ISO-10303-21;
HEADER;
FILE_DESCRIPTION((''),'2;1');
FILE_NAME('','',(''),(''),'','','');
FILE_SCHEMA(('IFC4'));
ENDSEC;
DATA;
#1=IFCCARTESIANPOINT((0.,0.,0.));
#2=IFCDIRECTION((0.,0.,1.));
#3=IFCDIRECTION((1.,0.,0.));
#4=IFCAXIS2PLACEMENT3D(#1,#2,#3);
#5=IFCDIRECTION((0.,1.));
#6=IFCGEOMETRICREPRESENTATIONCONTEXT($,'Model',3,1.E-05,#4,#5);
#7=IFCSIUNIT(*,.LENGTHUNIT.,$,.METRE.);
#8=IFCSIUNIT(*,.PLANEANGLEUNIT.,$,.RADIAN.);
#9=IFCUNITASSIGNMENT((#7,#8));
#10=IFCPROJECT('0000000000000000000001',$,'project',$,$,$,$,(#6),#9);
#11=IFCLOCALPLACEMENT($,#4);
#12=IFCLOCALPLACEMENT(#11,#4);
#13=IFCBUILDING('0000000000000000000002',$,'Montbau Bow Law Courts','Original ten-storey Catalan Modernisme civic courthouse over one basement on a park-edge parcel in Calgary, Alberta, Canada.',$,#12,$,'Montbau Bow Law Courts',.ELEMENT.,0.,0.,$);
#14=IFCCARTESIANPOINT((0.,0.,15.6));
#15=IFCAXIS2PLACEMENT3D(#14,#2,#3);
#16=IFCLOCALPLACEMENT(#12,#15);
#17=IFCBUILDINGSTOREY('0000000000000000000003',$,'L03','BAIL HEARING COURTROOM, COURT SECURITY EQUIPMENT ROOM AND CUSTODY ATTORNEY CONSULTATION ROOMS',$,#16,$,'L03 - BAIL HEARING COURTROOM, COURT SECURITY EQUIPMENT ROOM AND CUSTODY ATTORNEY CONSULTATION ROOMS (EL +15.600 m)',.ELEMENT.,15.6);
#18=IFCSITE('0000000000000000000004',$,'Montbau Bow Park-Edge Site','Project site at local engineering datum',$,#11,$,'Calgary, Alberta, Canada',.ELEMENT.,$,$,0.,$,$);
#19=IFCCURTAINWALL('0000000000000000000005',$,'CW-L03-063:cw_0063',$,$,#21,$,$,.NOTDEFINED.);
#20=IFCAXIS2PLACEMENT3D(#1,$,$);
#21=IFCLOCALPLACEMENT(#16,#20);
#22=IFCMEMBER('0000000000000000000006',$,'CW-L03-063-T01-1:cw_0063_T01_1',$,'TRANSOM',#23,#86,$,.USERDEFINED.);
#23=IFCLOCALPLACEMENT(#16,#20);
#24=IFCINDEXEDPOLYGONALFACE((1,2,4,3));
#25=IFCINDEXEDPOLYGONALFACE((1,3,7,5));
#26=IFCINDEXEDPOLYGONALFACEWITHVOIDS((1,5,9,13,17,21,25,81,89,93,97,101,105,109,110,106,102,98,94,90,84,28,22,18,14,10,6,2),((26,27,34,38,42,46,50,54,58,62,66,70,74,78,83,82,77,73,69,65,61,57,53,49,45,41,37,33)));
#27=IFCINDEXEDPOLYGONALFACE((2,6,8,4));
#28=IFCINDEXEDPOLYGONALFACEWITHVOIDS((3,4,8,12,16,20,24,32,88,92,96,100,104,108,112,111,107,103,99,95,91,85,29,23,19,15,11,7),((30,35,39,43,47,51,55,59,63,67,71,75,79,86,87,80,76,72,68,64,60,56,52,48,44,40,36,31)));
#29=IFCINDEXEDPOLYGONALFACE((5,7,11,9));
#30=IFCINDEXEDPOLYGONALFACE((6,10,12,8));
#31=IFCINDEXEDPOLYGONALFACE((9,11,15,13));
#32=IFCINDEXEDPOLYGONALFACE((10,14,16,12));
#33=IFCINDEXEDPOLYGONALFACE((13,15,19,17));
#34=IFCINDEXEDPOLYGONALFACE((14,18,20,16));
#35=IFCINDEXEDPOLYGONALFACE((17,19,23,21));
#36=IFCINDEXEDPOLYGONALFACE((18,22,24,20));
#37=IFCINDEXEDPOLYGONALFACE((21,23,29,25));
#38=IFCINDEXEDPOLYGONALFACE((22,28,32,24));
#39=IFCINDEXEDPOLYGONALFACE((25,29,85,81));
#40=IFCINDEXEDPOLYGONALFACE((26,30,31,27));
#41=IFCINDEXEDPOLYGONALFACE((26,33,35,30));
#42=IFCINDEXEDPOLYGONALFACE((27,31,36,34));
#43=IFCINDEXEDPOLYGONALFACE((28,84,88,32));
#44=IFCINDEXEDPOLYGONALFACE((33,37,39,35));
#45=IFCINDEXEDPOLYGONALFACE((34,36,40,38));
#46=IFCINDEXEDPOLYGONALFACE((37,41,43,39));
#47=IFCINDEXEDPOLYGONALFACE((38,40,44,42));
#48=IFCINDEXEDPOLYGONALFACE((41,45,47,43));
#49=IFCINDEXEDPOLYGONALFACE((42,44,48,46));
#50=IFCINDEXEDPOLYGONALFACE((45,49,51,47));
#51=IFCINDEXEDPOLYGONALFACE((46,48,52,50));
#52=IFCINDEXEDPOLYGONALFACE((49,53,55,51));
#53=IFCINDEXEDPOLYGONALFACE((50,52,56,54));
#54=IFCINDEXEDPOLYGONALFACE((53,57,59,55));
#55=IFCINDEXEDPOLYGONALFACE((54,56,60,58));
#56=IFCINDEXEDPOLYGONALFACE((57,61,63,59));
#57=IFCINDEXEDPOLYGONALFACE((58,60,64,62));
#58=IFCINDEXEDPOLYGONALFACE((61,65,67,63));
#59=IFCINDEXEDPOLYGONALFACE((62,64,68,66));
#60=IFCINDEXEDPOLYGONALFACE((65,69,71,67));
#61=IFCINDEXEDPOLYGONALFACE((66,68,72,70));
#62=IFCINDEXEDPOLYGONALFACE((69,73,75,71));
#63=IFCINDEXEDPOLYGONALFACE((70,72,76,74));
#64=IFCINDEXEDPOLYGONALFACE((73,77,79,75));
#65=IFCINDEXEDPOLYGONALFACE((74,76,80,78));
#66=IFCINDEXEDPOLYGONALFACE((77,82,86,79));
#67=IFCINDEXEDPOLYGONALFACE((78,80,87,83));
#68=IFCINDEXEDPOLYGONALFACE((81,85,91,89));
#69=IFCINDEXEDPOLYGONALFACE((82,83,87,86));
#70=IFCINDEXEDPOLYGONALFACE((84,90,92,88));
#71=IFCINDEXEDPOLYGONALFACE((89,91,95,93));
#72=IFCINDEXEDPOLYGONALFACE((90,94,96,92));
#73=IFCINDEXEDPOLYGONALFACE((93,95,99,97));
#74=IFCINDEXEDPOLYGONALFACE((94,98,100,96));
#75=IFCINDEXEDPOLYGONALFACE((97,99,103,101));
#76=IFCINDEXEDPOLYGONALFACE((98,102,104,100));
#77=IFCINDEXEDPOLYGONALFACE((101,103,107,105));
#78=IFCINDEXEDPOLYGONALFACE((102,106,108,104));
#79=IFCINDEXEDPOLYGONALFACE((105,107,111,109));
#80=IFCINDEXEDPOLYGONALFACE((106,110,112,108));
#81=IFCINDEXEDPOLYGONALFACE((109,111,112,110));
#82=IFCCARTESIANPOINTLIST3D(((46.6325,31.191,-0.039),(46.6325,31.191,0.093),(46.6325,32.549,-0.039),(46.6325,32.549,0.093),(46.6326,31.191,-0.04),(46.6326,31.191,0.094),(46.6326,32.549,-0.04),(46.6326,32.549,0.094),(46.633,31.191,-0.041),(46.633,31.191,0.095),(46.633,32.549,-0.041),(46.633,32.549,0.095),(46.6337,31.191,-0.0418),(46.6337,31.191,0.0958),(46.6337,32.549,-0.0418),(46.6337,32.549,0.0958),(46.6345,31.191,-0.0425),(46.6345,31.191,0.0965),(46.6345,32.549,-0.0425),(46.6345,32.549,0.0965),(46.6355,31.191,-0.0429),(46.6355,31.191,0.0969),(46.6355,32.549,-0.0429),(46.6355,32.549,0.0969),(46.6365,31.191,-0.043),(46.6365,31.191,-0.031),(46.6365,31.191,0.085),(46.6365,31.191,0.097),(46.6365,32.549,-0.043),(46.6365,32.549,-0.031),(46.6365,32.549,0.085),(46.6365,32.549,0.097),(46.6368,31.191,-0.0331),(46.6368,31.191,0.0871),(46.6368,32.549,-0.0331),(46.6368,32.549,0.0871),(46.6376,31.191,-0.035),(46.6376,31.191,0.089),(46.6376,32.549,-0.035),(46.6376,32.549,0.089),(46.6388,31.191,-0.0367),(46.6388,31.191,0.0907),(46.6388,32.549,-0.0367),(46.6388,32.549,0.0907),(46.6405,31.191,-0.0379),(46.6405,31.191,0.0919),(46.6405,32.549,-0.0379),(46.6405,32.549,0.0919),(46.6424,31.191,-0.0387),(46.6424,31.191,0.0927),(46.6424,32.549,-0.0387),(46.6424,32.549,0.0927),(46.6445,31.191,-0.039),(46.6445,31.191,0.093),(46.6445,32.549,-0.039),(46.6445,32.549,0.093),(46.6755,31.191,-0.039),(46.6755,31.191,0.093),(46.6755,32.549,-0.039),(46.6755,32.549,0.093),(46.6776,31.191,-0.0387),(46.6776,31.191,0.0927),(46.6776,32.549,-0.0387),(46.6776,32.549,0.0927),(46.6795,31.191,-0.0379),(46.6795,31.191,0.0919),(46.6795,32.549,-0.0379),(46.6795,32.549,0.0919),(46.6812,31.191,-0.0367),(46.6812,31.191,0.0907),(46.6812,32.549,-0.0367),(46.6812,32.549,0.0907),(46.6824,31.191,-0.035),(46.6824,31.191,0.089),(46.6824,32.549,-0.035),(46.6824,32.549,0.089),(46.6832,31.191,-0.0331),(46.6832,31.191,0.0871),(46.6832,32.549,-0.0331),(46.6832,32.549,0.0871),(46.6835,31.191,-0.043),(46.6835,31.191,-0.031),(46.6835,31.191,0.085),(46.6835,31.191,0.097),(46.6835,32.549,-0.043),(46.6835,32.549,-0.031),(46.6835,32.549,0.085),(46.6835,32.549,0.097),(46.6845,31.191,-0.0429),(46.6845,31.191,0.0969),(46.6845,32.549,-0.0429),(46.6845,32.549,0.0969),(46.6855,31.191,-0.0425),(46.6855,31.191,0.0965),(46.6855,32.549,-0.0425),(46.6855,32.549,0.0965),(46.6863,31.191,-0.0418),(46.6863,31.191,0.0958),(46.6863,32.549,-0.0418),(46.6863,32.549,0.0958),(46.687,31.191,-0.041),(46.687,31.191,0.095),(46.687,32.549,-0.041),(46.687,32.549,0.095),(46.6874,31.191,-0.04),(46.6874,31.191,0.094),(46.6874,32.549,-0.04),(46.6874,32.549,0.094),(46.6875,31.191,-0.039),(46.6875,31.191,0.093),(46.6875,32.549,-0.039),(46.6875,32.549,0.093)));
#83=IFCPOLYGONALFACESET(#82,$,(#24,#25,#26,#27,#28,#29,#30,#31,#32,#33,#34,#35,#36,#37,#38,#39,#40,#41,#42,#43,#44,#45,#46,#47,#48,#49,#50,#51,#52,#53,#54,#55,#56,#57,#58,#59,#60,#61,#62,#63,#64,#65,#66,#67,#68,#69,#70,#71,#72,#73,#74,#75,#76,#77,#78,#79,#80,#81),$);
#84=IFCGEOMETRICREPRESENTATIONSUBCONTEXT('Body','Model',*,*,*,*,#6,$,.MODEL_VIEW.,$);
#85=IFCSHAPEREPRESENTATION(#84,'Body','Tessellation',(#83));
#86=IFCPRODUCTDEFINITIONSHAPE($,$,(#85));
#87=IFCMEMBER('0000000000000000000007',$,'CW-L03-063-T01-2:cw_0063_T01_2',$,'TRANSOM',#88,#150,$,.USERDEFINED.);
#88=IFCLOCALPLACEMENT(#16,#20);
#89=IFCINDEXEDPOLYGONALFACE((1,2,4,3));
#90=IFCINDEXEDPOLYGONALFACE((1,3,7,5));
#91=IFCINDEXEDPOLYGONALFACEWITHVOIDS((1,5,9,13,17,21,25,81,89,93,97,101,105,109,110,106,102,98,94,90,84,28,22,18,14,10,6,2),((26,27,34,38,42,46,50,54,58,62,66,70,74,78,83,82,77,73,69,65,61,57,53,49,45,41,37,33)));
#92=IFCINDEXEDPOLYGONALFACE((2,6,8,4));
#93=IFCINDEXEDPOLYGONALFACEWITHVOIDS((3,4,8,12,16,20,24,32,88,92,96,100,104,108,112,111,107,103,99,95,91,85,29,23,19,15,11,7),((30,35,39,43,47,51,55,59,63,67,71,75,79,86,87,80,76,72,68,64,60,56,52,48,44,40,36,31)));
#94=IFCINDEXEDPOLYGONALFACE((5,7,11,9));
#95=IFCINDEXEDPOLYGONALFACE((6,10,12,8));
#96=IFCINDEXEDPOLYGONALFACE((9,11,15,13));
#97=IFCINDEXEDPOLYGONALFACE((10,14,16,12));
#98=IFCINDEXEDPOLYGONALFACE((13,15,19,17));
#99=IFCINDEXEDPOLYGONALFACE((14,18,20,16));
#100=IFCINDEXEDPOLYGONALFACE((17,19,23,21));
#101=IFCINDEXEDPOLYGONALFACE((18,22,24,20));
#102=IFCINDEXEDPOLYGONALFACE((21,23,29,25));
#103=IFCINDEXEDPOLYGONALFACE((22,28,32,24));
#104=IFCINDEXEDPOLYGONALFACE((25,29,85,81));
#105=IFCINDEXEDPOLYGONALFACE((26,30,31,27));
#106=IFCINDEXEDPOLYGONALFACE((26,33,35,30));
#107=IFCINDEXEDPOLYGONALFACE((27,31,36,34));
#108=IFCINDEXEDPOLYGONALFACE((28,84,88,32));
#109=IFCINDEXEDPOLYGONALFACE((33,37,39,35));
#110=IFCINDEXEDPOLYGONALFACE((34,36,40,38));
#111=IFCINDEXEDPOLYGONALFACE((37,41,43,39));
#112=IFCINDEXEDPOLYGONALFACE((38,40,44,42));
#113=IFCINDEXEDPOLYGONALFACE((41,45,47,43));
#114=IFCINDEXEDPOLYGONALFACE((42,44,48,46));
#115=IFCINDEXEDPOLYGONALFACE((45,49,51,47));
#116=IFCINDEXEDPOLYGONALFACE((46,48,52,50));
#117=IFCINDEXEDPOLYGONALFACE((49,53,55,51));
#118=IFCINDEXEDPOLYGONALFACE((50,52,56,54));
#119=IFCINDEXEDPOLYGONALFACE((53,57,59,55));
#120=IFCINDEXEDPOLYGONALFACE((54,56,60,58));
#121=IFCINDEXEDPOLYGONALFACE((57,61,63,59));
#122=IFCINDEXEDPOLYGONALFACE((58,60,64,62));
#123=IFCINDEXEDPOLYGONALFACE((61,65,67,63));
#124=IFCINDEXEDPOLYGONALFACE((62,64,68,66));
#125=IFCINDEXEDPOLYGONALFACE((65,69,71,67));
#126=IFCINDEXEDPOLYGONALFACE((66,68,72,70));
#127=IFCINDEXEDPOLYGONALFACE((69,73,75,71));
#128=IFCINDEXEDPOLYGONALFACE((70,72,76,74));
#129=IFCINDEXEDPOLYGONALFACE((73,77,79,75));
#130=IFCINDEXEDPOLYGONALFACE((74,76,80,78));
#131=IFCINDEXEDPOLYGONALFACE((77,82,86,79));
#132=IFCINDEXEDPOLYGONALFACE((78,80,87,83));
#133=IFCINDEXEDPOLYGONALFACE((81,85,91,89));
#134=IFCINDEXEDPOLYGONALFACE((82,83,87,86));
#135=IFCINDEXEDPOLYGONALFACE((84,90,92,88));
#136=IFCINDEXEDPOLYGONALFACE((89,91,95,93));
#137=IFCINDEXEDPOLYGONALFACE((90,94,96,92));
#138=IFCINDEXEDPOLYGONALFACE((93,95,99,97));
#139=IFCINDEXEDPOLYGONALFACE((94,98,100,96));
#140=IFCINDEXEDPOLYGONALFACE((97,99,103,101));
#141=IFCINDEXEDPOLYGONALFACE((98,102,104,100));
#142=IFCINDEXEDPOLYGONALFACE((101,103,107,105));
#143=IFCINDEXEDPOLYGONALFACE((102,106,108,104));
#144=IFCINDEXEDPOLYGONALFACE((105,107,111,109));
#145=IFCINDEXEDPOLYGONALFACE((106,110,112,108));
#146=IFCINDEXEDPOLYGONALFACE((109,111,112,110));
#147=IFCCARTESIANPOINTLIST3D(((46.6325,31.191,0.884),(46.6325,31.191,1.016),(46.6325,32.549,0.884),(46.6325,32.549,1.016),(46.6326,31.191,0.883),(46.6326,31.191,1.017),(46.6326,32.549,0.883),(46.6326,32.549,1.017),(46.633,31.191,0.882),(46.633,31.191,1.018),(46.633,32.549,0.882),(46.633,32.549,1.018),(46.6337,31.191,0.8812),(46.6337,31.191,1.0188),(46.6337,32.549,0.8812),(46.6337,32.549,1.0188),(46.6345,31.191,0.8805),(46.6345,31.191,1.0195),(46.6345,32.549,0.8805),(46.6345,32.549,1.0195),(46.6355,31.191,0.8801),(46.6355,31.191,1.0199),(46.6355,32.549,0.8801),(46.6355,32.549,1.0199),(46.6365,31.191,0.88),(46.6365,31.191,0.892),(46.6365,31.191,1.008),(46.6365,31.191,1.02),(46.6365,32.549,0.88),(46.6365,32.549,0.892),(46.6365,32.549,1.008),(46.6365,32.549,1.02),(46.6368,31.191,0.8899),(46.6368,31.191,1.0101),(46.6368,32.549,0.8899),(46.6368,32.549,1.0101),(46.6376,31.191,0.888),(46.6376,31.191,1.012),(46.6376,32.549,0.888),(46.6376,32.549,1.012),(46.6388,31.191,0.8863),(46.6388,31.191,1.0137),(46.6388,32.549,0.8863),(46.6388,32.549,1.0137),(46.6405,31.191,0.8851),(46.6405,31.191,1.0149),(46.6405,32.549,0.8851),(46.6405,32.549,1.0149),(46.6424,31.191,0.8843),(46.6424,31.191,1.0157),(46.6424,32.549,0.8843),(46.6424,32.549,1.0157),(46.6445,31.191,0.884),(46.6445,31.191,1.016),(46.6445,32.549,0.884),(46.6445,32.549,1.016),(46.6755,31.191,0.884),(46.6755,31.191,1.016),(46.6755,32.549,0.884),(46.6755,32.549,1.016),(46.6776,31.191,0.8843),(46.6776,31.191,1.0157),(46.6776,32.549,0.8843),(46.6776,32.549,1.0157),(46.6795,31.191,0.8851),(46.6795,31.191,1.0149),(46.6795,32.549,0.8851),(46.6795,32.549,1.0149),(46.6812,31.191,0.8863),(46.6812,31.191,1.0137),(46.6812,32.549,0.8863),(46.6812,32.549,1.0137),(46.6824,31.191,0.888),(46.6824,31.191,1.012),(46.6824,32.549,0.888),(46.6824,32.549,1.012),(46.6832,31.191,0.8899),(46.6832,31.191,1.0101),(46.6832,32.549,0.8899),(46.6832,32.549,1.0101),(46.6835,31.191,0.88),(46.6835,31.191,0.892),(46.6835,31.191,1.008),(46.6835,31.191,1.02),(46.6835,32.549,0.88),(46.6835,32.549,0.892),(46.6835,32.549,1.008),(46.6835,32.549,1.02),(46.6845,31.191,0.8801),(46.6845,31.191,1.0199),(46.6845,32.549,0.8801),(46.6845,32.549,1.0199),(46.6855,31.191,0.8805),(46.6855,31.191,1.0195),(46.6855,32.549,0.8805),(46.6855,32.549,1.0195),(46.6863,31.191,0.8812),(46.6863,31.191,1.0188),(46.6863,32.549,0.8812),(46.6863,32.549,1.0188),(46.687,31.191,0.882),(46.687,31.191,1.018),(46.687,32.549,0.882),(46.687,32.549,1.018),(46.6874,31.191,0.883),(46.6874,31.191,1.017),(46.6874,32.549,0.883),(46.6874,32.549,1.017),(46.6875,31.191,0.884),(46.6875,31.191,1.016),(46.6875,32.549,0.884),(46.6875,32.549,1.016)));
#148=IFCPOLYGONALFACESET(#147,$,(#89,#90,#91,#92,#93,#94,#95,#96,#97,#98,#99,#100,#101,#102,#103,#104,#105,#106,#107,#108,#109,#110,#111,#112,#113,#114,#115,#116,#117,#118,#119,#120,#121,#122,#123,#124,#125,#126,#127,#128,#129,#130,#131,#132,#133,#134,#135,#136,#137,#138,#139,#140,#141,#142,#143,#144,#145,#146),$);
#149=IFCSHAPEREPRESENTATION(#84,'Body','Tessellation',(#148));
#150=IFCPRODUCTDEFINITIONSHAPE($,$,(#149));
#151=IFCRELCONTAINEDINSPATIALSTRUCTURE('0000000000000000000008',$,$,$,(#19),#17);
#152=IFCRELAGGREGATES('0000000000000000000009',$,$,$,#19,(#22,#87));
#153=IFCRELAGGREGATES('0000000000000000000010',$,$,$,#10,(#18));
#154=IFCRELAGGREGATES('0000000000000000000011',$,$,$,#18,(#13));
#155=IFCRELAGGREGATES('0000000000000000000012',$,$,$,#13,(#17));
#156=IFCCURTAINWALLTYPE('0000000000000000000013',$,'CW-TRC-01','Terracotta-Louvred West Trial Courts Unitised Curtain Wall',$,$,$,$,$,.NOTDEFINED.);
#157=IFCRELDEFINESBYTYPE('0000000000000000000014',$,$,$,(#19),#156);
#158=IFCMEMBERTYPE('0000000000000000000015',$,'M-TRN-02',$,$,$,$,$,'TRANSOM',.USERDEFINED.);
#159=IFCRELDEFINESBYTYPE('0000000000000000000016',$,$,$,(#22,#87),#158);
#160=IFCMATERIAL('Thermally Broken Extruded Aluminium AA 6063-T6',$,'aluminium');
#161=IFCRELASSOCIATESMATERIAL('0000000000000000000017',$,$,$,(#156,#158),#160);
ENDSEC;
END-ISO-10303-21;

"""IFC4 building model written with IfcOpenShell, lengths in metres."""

from ifc_helpers import new_model, si_unit, direction, frame, origin_with_axes, origin_2d_with_axis, place, context, subcontext, project, spatial, hollow_rectangle, extrude, material, material_profile, profile_set, type_object, element, aggregate, save


model = new_model("IFC4")

# Units and contexts
model_context = context("Model", 3, precision=1e-05, world=origin_with_axes(), true_north=direction((0.0, 1.0)))
body_context = subcontext(model_context, "Body", "Model", "MODEL_VIEW")
ifc_project = project(units=[si_unit("LENGTHUNIT", "METRE"), si_unit("PLANEANGLEUNIT", "RADIAN")], contexts=[model_context])

# Site, building, storey
site_placement = place(None, origin_with_axes())
site = spatial("IfcSite", under=ifc_project, at=site_placement, Name="Montbau Bow Park-Edge Site", Description="Project site at local engineering datum", LongName="Calgary, Alberta, Canada", CompositionType="ELEMENT", RefElevation=0.0)
building_placement = place(site_placement, origin_with_axes())
building = spatial("IfcBuilding", under=site, at=building_placement, Name="Montbau Bow Law Courts", Description="Original ten-storey Catalan Modernisme civic courthouse over one basement on a park-edge parcel in Calgary, Alberta, Canada.", LongName="Montbau Bow Law Courts", CompositionType="ELEMENT", ElevationOfRefHeight=0.0, ElevationOfTerrain=0.0)
storey_placement = place(building_placement, frame((0.0, 0.0, 15.6), z_axis=(0.0, 0.0, 1.0), x_axis=(1.0, 0.0, 0.0)))
storey = spatial("IfcBuildingStorey", under=building, at=storey_placement, Name="L03", Description="BAIL HEARING COURTROOM, COURT SECURITY EQUIPMENT ROOM AND CUSTODY ATTORNEY CONSULTATION ROOMS", LongName="L03 - BAIL HEARING COURTROOM, COURT SECURITY EQUIPMENT ROOM AND CUSTODY ATTORNEY CONSULTATION ROOMS (EL +15.600 m)", CompositionType="ELEMENT", Elevation=15.6)

# Shared definitions
ifc_material_1 = material(Name="Thermally Broken Extruded Aluminium AA 6063-T6", Category="aluminium")
curtain_wall_type = type_object("IfcCurtainWallType", Name="CW-TRC-01", Description="Terracotta-Louvred West Trial Courts Unitised Curtain Wall", PredefinedType="NOTDEFINED", material=ifc_material_1)

# Curtain wall
curtain_wall_1_placement = place(None, frame((46.66, 31.115, 15.6), z_axis=(0.0, 0.0, 1.0), x_axis=(1.0, 0.0, 0.0)))
curtain_wall_1 = element("IfcCurtainWall", 1, at=curtain_wall_1_placement, inside=storey, type_object=curtain_wall_type, Name="CW-L03-063:cw_0063", PredefinedType="NOTDEFINED")

# Members
ifc_material_profile_1 = material_profile(ifc_material_1, hollow_rectangle(XDim=0.055, YDim=0.14, WallThickness=0.004, InnerFilletRadius=0.008, OuterFilletRadius=0.004, at=origin_2d_with_axis()), Name="CWT-140X55", Category="Main", Priority=0)
ifc_profile_set_1 = profile_set([ifc_material_profile_1], Name="Thermally Broken Extruded Aluminium AA 6063-T6")
member_type_1 = type_object("IfcMemberType", Name="M-TRN-02", ElementType="TRANSOM", PredefinedType="USERDEFINED", material=ifc_profile_set_1)
member_1_placement = place(None, frame((46.66, 31.191, 15.627), z_axis=(0.0, 1.0, 0.0), x_axis=(-1.0, 0.0, 0.0)))
member_1 = element("IfcMember", 2, at=member_1_placement, type_object=member_type_1, Name="CW-L03-063-T01-1:cw_0063_T01_1", ObjectType="TRANSOM", PredefinedType="USERDEFINED", context=body_context, shape_type="SweptSolid", body=[
    extrude(hollow_rectangle(XDim=0.055, YDim=0.14, WallThickness=0.004, InnerFilletRadius=0.008, OuterFilletRadius=0.004, at=origin_2d_with_axis()), origin_with_axes(), (0.0, 0.0, 1.0), 1.358),
])
member_2_placement = place(None, frame((46.66, 31.191, 16.55), z_axis=(0.0, 1.0, 0.0), x_axis=(-1.0, 0.0, 0.0)))
member_2 = element("IfcMember", 3, at=member_2_placement, type_object=member_type_1, Name="CW-L03-063-T01-2:cw_0063_T01_2", ObjectType="TRANSOM", PredefinedType="USERDEFINED", context=body_context, shape_type="SweptSolid", body=[
    extrude(hollow_rectangle(XDim=0.055, YDim=0.14, WallThickness=0.004, InnerFilletRadius=0.008, OuterFilletRadius=0.004, at=origin_2d_with_axis()), origin_with_axes(), (0.0, 0.0, 1.0), 1.358),
])

aggregate(curtain_wall_1, [member_1, member_2])

save(model, "model.ifc")
